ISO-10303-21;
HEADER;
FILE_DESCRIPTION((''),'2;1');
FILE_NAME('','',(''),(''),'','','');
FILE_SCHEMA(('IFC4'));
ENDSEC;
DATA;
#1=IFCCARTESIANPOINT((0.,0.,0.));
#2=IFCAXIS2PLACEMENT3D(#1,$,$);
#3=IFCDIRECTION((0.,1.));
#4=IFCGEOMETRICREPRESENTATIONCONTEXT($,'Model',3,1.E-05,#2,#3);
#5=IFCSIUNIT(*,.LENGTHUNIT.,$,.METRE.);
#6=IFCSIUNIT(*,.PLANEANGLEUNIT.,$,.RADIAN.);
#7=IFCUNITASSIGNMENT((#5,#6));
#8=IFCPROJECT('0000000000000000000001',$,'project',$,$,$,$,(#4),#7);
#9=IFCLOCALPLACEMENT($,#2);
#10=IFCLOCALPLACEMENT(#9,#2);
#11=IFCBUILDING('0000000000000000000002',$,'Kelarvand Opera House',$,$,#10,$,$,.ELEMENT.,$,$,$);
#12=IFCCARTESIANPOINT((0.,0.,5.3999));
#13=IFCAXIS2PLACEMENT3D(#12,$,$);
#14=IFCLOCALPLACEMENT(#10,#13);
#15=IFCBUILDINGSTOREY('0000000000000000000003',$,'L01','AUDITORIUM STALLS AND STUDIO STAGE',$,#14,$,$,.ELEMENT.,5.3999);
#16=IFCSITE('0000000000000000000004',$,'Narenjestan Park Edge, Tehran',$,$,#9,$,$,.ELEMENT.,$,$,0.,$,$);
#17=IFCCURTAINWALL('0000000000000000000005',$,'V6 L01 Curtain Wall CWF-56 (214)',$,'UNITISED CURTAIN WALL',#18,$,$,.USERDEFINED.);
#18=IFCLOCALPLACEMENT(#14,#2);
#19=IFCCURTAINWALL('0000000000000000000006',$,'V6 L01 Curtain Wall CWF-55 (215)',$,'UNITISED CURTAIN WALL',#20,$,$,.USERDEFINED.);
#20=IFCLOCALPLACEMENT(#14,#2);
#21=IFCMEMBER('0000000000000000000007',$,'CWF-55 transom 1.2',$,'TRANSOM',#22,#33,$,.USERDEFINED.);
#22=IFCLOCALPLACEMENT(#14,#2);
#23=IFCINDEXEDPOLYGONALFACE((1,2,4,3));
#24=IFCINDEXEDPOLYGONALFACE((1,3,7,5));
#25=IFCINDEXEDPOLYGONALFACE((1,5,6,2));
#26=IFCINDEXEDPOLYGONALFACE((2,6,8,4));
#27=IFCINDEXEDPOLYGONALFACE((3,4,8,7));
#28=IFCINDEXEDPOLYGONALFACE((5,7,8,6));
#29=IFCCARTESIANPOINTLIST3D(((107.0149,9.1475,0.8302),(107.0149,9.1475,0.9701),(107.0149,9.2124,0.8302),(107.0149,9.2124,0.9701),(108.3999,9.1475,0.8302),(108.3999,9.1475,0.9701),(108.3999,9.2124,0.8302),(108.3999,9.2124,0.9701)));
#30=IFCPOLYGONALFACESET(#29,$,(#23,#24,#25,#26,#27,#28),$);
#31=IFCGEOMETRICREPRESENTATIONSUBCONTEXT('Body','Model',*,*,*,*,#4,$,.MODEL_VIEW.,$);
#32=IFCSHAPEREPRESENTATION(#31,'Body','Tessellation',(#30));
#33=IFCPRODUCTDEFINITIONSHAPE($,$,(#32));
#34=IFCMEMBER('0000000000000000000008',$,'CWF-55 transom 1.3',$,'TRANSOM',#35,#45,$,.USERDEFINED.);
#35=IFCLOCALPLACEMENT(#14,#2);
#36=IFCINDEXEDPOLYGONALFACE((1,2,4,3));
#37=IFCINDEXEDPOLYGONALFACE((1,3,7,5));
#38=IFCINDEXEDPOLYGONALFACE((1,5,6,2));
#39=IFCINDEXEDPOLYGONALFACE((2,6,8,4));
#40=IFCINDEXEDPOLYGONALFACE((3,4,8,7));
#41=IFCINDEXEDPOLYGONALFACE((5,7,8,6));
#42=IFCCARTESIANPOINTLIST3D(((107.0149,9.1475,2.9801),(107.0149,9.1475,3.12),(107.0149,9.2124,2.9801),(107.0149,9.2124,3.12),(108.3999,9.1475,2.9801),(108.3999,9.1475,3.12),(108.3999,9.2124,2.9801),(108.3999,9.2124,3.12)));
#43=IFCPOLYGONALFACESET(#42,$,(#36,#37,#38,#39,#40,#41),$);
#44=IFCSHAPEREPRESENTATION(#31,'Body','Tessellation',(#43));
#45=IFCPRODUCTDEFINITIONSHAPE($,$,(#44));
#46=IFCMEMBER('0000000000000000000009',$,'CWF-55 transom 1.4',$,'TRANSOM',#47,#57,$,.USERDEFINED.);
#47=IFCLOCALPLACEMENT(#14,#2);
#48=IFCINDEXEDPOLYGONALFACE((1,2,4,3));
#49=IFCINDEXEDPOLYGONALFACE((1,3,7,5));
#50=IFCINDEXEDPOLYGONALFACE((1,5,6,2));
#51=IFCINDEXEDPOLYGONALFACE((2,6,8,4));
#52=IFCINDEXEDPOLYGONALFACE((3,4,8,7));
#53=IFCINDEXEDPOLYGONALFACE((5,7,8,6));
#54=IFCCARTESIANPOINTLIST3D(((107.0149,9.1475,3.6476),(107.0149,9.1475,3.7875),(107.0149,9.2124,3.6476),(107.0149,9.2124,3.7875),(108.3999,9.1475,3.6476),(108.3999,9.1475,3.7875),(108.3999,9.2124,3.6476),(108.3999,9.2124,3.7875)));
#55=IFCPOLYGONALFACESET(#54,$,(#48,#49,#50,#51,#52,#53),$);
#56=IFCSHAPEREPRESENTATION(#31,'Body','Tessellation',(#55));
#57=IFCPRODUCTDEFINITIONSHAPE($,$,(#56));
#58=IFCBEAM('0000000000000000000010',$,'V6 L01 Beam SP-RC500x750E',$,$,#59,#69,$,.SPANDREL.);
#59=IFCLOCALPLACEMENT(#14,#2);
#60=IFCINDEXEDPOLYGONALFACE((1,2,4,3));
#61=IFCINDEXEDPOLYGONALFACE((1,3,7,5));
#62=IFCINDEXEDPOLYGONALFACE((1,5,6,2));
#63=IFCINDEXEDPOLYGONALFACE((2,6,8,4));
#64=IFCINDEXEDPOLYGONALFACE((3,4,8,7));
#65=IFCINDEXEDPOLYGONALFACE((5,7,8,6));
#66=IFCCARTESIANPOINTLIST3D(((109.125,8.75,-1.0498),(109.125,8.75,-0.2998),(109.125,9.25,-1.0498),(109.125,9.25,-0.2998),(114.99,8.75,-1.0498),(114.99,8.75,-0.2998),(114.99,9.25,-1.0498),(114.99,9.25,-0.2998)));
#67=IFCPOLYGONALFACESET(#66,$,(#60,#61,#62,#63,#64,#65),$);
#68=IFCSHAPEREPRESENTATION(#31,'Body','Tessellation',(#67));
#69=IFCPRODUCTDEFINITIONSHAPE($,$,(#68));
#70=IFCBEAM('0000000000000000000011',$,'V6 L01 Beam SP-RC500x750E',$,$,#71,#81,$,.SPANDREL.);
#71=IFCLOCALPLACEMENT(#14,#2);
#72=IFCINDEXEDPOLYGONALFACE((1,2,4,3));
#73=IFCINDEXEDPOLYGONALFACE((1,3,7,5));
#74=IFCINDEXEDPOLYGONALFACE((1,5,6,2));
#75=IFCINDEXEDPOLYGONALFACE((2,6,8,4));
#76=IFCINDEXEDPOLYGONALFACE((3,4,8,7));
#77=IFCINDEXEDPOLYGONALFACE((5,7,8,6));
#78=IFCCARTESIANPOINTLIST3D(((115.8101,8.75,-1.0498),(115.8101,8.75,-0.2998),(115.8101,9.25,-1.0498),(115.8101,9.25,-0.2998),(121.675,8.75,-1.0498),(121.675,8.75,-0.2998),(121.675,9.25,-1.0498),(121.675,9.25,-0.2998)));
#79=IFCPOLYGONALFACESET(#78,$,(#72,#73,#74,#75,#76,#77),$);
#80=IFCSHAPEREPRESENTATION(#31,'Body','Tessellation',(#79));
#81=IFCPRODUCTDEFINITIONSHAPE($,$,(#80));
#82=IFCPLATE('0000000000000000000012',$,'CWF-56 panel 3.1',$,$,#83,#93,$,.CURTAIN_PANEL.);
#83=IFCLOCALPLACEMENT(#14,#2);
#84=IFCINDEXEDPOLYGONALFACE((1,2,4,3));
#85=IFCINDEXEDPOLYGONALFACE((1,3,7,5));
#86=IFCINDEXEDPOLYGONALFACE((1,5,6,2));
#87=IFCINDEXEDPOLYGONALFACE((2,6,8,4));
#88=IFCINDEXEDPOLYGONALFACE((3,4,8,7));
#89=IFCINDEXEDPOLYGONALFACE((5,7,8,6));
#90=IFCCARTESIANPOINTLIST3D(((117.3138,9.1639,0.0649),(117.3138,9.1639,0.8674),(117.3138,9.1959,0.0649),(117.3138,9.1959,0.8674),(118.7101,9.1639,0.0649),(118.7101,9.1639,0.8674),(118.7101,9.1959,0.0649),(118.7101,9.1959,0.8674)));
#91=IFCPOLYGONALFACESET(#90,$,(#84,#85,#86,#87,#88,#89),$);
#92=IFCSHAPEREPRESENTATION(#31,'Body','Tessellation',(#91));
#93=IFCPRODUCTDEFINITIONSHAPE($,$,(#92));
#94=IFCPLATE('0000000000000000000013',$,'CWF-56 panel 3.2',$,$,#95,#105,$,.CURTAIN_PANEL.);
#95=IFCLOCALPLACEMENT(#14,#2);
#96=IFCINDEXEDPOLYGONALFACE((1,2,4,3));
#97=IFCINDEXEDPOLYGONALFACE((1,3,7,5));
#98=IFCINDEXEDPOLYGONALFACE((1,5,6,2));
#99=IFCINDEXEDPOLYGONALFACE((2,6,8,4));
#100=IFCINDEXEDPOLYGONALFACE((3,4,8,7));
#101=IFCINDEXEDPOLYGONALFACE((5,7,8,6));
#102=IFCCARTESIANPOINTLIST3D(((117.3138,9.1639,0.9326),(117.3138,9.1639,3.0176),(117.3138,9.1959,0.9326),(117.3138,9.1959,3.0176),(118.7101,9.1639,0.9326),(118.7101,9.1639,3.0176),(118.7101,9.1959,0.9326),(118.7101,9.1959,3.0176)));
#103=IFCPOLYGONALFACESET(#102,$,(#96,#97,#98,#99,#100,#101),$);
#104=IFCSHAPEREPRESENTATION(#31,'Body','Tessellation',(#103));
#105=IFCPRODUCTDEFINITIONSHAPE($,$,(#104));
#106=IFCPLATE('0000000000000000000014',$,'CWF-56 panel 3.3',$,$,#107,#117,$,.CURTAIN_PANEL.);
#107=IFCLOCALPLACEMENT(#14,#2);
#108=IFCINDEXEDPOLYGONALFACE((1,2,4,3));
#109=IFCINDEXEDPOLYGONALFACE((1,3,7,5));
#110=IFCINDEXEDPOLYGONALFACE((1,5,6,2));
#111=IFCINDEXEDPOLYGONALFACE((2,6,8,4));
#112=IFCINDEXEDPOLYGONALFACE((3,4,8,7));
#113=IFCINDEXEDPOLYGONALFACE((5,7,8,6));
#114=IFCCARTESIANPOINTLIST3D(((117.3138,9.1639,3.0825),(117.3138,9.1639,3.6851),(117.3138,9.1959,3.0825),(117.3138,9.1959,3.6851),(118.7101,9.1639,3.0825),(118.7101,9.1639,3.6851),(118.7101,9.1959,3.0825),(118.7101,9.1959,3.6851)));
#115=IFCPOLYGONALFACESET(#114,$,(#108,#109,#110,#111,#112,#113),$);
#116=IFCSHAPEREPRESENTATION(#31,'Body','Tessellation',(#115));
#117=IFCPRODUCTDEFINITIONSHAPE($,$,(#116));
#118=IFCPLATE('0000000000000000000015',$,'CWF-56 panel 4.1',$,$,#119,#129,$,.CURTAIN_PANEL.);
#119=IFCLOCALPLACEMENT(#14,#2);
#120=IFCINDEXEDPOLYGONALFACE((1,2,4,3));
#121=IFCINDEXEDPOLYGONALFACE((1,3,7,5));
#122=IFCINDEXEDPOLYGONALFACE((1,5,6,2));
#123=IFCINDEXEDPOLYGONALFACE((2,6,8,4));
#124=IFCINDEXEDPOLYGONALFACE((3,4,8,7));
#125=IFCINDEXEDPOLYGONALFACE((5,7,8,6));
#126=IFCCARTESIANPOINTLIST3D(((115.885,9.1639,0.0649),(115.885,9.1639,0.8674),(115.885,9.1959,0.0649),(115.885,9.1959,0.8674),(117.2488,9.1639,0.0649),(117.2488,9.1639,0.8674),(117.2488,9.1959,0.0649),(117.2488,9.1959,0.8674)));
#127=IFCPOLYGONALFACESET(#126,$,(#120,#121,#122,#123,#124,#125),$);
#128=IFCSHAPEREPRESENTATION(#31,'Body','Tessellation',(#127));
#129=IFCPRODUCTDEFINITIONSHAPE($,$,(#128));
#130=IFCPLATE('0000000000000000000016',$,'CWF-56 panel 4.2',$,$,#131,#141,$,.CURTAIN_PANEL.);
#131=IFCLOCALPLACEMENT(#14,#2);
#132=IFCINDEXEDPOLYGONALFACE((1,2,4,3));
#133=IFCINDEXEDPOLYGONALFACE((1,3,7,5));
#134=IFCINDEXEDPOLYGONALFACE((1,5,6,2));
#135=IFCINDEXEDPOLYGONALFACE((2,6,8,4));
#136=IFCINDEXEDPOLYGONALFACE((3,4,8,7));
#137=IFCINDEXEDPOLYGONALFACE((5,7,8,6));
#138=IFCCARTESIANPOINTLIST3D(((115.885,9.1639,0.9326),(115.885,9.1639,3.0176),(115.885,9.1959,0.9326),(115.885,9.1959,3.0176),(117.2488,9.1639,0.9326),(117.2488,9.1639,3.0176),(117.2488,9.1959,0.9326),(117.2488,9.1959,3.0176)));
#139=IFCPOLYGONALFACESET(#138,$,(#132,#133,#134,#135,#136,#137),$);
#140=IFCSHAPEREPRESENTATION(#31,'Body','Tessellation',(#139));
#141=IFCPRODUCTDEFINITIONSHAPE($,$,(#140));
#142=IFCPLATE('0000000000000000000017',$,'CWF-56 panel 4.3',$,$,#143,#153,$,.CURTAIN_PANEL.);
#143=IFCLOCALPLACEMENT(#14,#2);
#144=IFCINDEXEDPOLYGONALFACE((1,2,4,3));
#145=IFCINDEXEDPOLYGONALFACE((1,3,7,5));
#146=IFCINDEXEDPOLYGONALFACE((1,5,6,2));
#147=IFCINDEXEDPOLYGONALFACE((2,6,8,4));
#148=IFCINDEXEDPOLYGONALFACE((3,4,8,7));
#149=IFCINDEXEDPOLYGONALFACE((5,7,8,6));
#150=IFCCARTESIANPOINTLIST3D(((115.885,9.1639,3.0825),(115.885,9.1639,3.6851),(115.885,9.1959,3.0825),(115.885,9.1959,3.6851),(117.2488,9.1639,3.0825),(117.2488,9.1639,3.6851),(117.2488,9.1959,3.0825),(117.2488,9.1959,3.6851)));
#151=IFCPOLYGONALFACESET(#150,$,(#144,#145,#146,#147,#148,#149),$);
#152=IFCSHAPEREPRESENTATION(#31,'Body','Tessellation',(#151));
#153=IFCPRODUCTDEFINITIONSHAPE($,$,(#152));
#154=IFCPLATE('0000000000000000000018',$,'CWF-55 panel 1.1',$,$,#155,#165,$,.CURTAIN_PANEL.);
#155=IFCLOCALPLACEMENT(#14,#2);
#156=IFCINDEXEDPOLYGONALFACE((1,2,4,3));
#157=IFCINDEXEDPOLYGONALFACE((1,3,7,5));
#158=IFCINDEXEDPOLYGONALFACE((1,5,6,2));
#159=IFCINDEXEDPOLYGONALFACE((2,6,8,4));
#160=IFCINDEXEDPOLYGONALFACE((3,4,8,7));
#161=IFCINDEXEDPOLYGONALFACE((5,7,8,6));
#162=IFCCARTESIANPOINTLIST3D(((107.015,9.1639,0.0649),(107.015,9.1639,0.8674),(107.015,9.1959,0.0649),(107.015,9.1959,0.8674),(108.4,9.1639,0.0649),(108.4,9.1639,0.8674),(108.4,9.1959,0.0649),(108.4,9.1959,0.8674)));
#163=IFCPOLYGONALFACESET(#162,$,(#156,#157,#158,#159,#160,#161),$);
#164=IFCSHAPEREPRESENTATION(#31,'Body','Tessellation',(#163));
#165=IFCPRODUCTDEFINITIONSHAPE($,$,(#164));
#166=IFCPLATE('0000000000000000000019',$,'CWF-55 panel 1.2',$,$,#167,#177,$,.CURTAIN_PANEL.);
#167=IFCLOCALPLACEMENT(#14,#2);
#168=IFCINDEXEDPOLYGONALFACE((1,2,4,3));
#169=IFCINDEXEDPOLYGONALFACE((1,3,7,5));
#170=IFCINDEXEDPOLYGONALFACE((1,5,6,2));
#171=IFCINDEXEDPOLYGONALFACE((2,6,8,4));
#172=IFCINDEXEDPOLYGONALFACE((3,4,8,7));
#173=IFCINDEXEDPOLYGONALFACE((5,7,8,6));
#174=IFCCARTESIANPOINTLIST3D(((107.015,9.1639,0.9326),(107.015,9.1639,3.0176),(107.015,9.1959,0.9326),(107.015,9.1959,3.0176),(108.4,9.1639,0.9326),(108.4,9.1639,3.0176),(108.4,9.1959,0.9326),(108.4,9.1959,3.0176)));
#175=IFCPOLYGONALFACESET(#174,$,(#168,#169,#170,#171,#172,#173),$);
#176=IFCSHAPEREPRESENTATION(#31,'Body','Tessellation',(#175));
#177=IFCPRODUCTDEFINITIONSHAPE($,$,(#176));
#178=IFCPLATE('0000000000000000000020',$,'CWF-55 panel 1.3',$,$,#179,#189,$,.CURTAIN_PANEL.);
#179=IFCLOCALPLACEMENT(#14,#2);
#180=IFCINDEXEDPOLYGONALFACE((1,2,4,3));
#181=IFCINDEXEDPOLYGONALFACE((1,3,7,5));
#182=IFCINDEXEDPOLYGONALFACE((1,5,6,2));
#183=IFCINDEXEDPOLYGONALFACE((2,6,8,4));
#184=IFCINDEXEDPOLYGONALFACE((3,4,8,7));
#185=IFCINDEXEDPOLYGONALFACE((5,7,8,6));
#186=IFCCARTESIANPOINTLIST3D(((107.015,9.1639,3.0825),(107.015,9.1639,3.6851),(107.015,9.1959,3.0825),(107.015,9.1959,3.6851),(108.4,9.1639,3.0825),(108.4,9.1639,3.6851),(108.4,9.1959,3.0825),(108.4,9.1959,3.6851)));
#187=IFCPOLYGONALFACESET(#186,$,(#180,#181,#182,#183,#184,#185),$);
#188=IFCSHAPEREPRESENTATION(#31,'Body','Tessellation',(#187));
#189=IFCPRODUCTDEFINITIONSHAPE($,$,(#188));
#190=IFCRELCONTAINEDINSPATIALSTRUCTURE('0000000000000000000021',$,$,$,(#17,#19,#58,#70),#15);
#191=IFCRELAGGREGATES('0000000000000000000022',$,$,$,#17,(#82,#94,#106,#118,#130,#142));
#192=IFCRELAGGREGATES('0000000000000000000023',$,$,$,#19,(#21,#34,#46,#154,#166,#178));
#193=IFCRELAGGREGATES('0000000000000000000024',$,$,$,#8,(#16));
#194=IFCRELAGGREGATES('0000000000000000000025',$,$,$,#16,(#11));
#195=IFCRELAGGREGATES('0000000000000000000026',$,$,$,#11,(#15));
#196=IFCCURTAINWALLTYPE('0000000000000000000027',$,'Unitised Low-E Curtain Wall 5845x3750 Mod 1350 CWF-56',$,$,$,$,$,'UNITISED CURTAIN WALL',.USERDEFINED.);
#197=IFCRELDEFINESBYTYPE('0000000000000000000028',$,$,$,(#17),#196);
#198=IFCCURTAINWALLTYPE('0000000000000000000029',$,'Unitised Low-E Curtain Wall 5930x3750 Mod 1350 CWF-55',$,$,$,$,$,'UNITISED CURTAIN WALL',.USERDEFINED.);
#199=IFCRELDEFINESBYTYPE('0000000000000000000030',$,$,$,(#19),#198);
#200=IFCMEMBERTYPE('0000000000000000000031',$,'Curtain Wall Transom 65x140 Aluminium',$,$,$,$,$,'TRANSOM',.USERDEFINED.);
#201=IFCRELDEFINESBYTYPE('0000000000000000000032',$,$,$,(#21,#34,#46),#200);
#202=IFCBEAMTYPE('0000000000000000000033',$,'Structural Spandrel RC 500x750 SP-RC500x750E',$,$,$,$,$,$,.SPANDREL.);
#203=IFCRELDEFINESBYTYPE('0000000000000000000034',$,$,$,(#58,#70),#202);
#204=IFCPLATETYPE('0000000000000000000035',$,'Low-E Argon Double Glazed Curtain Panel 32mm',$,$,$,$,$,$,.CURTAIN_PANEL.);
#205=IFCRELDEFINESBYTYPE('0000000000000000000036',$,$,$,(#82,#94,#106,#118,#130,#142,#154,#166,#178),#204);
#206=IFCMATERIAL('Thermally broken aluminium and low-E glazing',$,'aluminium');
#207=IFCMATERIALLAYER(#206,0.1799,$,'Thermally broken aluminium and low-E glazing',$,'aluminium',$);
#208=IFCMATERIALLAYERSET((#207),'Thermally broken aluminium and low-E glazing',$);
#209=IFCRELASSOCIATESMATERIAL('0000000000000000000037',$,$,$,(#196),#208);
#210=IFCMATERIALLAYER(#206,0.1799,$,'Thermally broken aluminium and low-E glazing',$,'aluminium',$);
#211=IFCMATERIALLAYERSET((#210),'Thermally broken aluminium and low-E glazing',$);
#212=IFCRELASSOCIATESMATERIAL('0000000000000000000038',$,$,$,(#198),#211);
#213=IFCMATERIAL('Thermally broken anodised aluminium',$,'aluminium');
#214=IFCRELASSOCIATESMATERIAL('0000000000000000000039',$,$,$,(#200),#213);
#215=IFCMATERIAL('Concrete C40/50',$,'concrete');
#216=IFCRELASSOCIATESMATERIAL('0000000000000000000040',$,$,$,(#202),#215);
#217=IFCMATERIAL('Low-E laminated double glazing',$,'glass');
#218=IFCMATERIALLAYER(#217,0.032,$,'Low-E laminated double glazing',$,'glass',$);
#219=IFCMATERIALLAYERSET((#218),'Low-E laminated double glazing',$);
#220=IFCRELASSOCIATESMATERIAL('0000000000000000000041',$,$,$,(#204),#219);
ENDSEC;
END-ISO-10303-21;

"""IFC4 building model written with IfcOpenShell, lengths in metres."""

from ifc_helpers import new_model, si_unit, direction, frame, origin, origin_2d, place, context, subcontext, project, spatial, rectangle, extrude, material, layer, layer_set, material_profile, profile_set, type_object, element, aggregate, save


model = new_model("IFC4")

# Units and contexts
model_context = context("Model", 3, precision=1e-05, world=origin(), true_north=direction((0.0, 1.0)))
body_context = subcontext(model_context, "Body", "Model", "MODEL_VIEW")
ifc_project = project(units=[si_unit("LENGTHUNIT", "METRE"), si_unit("PLANEANGLEUNIT", "RADIAN")], contexts=[model_context])

# Site, building, storey
site_placement = place(None, origin())
site = spatial("IfcSite", under=ifc_project, at=site_placement, Name="Narenjestan Park Edge, Tehran", CompositionType="ELEMENT", RefElevation=0.0)
building_placement = place(site_placement, origin())
building = spatial("IfcBuilding", under=site, at=building_placement, Name="Kelarvand Opera House", CompositionType="ELEMENT")
storey_placement = place(building_placement, frame((0.0, 0.0, 5.3999)))
storey = spatial("IfcBuildingStorey", under=building, at=storey_placement, Name="L01", Description="AUDITORIUM STALLS AND STUDIO STAGE", CompositionType="ELEMENT", Elevation=5.3999)

# Shared definitions
ifc_material_1 = material(Name="Concrete C40/50", Category="concrete")

# Curtain wall
ifc_material_2 = material(Name="Thermally broken aluminium and low-E glazing", Category="aluminium")
ifc_layer_1 = layer(ifc_material_2, 0.1799, Name="Thermally broken aluminium and low-E glazing", Category="aluminium")
ifc_layer_set_1 = layer_set([ifc_layer_1], Name="Thermally broken aluminium and low-E glazing")
curtain_wall_type_1 = type_object("IfcCurtainWallType", Name="Unitised Low-E Curtain Wall 5845x3750 Mod 1350 CWF-56", ElementType="UNITISED CURTAIN WALL", PredefinedType="USERDEFINED", material=ifc_layer_set_1)
curtain_wall_1_placement = place(storey_placement, origin())
curtain_wall_1 = element("IfcCurtainWall", 1, at=curtain_wall_1_placement, inside=storey, type_object=curtain_wall_type_1, Name="V6 L01 Curtain Wall CWF-56 (214)", ObjectType="UNITISED CURTAIN WALL", PredefinedType="USERDEFINED")
ifc_material_3 = material(Name="Thermally broken anodised aluminium", Category="aluminium")

# Curtain wall
ifc_layer_2 = layer(ifc_material_2, 0.1799, Name="Thermally broken aluminium and low-E glazing", Category="aluminium")
ifc_layer_set_2 = layer_set([ifc_layer_2], Name="Thermally broken aluminium and low-E glazing")
curtain_wall_type_2 = type_object("IfcCurtainWallType", Name="Unitised Low-E Curtain Wall 5930x3750 Mod 1350 CWF-55", ElementType="UNITISED CURTAIN WALL", PredefinedType="USERDEFINED", material=ifc_layer_set_2)
curtain_wall_2_placement = place(storey_placement, origin())
curtain_wall_2 = element("IfcCurtainWall", 2, at=curtain_wall_2_placement, inside=storey, type_object=curtain_wall_type_2, Name="V6 L01 Curtain Wall CWF-55 (215)", ObjectType="UNITISED CURTAIN WALL", PredefinedType="USERDEFINED")

# Members
ifc_material_profile_1 = material_profile(ifc_material_3, rectangle(XDim=0.0649, YDim=0.1399, at=origin_2d()), Name="ALU TRANSOM 65x140", Category="aluminium")
ifc_profile_set_1 = profile_set([ifc_material_profile_1], Name="Thermally broken anodised aluminium")
member_type_1 = type_object("IfcMemberType", Name="Curtain Wall Transom 65x140 Aluminium", ElementType="TRANSOM", PredefinedType="USERDEFINED", material=ifc_profile_set_1)
member_1_placement = place(storey_placement, frame((108.3999, 9.1799, 0.9001), z_axis=(-1.0, 0.0, 0.0), x_axis=(0.0, -1.0, 0.0)))
member_1 = element("IfcMember", 3, at=member_1_placement, type_object=member_type_1, Name="CWF-55 transom 1.2", ObjectType="TRANSOM", PredefinedType="USERDEFINED", context=body_context, shape_type="SweptSolid", body=[
    extrude(rectangle(XDim=0.0649, YDim=0.1399, at=origin_2d()), origin(), (0.0, 0.0, 1.0), 1.385),
])
member_2_placement = place(storey_placement, frame((108.3999, 9.1799, 3.05), z_axis=(-1.0, 0.0, 0.0), x_axis=(0.0, -1.0, 0.0)))
member_2 = element("IfcMember", 4, at=member_2_placement, type_object=member_type_1, Name="CWF-55 transom 1.3", ObjectType="TRANSOM", PredefinedType="USERDEFINED", context=body_context, shape_type="SweptSolid", body=[
    extrude(rectangle(XDim=0.0649, YDim=0.1399, at=origin_2d()), origin(), (0.0, 0.0, 1.0), 1.385),
])
member_3_placement = place(storey_placement, frame((108.3999, 9.1799, 3.7175), z_axis=(-1.0, 0.0, 0.0), x_axis=(0.0, -1.0, 0.0)))
member_3 = element("IfcMember", 5, at=member_3_placement, type_object=member_type_1, Name="CWF-55 transom 1.4", ObjectType="TRANSOM", PredefinedType="USERDEFINED", context=body_context, shape_type="SweptSolid", body=[
    extrude(rectangle(XDim=0.0649, YDim=0.1399, at=origin_2d()), origin(), (0.0, 0.0, 1.0), 1.385),
])

# Beams
ifc_material_profile_2 = material_profile(ifc_material_1, rectangle(XDim=0.5, YDim=0.75, at=origin_2d()), Name="RC 500x750", Category="concrete")
ifc_profile_set_2 = profile_set([ifc_material_profile_2], Name="Concrete C40/50")
beam_type = type_object("IfcBeamType", Name="Structural Spandrel RC 500x750 SP-RC500x750E", PredefinedType="SPANDREL", material=ifc_profile_set_2)
for number, where, z_axis, x_axis, name in (
    (6, (109.125, 9.0, -0.6748), (1.0, 0.0, 0.0), (0.0, 1.0, 0.0), "V6 L01 Beam SP-RC500x750E"),
    (7, (115.8101, 9.0, -0.6748), (1.0, 0.0, 0.0), (0.0, 1.0, 0.0), "V6 L01 Beam SP-RC500x750E"),
):
    element("IfcBeam", number, at=place(storey_placement, frame(where, z_axis=z_axis, x_axis=x_axis)), inside=storey, type_object=beam_type, Name=name, PredefinedType="SPANDREL", context=body_context, shape_type="SweptSolid", body=[
        extrude(rectangle(XDim=0.5, YDim=0.75, at=origin_2d()), origin(), (0.0, 0.0, 1.0), 5.865),
    ])

# Plates
ifc_material_4 = material(Name="Low-E laminated double glazing", Category="glass")
ifc_layer_3 = layer(ifc_material_4, 0.032, Name="Low-E laminated double glazing", Category="glass")
ifc_layer_set_3 = layer_set([ifc_layer_3], Name="Low-E laminated double glazing")
plate_type = type_object("IfcPlateType", Name="Low-E Argon Double Glazed Curtain Panel 32mm", PredefinedType="CURTAIN_PANEL", material=ifc_layer_set_3)
plate_1_placement = place(storey_placement, frame((118.012, 9.1799, 0.0649), z_axis=(0.0, 0.0, 1.0), x_axis=(-1.0, 0.0, 0.0)))
plate_1 = element("IfcPlate", 8, at=plate_1_placement, type_object=plate_type, Name="CWF-56 panel 3.1", PredefinedType="CURTAIN_PANEL", context=body_context, shape_type="SweptSolid", body=[
    extrude(rectangle(XDim=1.3962, YDim=0.032, at=origin_2d()), origin(), (0.0, 0.0, 1.0), 0.8025),
])
plate_2_placement = place(storey_placement, frame((118.012, 9.1799, 0.9326), z_axis=(0.0, 0.0, 1.0), x_axis=(-1.0, 0.0, 0.0)))
plate_2 = element("IfcPlate", 9, at=plate_2_placement, type_object=plate_type, Name="CWF-56 panel 3.2", PredefinedType="CURTAIN_PANEL", context=body_context, shape_type="SweptSolid", body=[
    extrude(rectangle(XDim=1.3962, YDim=0.032, at=origin_2d()), origin(), (0.0, 0.0, 1.0), 2.085),
])
plate_3_placement = place(storey_placement, frame((118.012, 9.1799, 3.0825), z_axis=(0.0, 0.0, 1.0), x_axis=(-1.0, 0.0, 0.0)))
plate_3 = element("IfcPlate", 10, at=plate_3_placement, type_object=plate_type, Name="CWF-56 panel 3.3", PredefinedType="CURTAIN_PANEL", context=body_context, shape_type="SweptSolid", body=[
    extrude(rectangle(XDim=1.3962, YDim=0.032, at=origin_2d()), origin(), (0.0, 0.0, 1.0), 0.6025),
])
plate_4_placement = place(storey_placement, frame((116.5669, 9.1799, 0.0649), z_axis=(0.0, 0.0, 1.0), x_axis=(-1.0, 0.0, 0.0)))
plate_4 = element("IfcPlate", 11, at=plate_4_placement, type_object=plate_type, Name="CWF-56 panel 4.1", PredefinedType="CURTAIN_PANEL", context=body_context, shape_type="SweptSolid", body=[
    extrude(rectangle(XDim=1.3638, YDim=0.032, at=origin_2d()), origin(), (0.0, 0.0, 1.0), 0.8025),
])
plate_5_placement = place(storey_placement, frame((116.5669, 9.1799, 0.9326), z_axis=(0.0, 0.0, 1.0), x_axis=(-1.0, 0.0, 0.0)))
plate_5 = element("IfcPlate", 12, at=plate_5_placement, type_object=plate_type, Name="CWF-56 panel 4.2", PredefinedType="CURTAIN_PANEL", context=body_context, shape_type="SweptSolid", body=[
    extrude(rectangle(XDim=1.3638, YDim=0.032, at=origin_2d()), origin(), (0.0, 0.0, 1.0), 2.085),
])
plate_6_placement = place(storey_placement, frame((116.5669, 9.1799, 3.0825), z_axis=(0.0, 0.0, 1.0), x_axis=(-1.0, 0.0, 0.0)))
plate_6 = element("IfcPlate", 13, at=plate_6_placement, type_object=plate_type, Name="CWF-56 panel 4.3", PredefinedType="CURTAIN_PANEL", context=body_context, shape_type="SweptSolid", body=[
    extrude(rectangle(XDim=1.3638, YDim=0.032, at=origin_2d()), origin(), (0.0, 0.0, 1.0), 0.6025),
])
aggregate(curtain_wall_1, [plate_1, plate_2, plate_3, plate_4, plate_5, plate_6])
plate_7_placement = place(storey_placement, frame((107.7075, 9.1799, 0.0649), z_axis=(0.0, 0.0, 1.0), x_axis=(-1.0, 0.0, 0.0)))
plate_7 = element("IfcPlate", 14, at=plate_7_placement, type_object=plate_type, Name="CWF-55 panel 1.1", PredefinedType="CURTAIN_PANEL", context=body_context, shape_type="SweptSolid", body=[
    extrude(rectangle(XDim=1.385, YDim=0.032, at=origin_2d()), origin(), (0.0, 0.0, 1.0), 0.8025),
])
plate_8_placement = place(storey_placement, frame((107.7075, 9.1799, 0.9326), z_axis=(0.0, 0.0, 1.0), x_axis=(-1.0, 0.0, 0.0)))
plate_8 = element("IfcPlate", 15, at=plate_8_placement, type_object=plate_type, Name="CWF-55 panel 1.2", PredefinedType="CURTAIN_PANEL", context=body_context, shape_type="SweptSolid", body=[
    extrude(rectangle(XDim=1.385, YDim=0.032, at=origin_2d()), origin(), (0.0, 0.0, 1.0), 2.085),
])
plate_9_placement = place(storey_placement, frame((107.7075, 9.1799, 3.0825), z_axis=(0.0, 0.0, 1.0), x_axis=(-1.0, 0.0, 0.0)))
plate_9 = element("IfcPlate", 16, at=plate_9_placement, type_object=plate_type, Name="CWF-55 panel 1.3", PredefinedType="CURTAIN_PANEL", context=body_context, shape_type="SweptSolid", body=[
    extrude(rectangle(XDim=1.385, YDim=0.032, at=origin_2d()), origin(), (0.0, 0.0, 1.0), 0.6025),
])
aggregate(curtain_wall_2, [member_1, member_2, member_3, plate_7, plate_8, plate_9])

save(model, "model.ifc")
